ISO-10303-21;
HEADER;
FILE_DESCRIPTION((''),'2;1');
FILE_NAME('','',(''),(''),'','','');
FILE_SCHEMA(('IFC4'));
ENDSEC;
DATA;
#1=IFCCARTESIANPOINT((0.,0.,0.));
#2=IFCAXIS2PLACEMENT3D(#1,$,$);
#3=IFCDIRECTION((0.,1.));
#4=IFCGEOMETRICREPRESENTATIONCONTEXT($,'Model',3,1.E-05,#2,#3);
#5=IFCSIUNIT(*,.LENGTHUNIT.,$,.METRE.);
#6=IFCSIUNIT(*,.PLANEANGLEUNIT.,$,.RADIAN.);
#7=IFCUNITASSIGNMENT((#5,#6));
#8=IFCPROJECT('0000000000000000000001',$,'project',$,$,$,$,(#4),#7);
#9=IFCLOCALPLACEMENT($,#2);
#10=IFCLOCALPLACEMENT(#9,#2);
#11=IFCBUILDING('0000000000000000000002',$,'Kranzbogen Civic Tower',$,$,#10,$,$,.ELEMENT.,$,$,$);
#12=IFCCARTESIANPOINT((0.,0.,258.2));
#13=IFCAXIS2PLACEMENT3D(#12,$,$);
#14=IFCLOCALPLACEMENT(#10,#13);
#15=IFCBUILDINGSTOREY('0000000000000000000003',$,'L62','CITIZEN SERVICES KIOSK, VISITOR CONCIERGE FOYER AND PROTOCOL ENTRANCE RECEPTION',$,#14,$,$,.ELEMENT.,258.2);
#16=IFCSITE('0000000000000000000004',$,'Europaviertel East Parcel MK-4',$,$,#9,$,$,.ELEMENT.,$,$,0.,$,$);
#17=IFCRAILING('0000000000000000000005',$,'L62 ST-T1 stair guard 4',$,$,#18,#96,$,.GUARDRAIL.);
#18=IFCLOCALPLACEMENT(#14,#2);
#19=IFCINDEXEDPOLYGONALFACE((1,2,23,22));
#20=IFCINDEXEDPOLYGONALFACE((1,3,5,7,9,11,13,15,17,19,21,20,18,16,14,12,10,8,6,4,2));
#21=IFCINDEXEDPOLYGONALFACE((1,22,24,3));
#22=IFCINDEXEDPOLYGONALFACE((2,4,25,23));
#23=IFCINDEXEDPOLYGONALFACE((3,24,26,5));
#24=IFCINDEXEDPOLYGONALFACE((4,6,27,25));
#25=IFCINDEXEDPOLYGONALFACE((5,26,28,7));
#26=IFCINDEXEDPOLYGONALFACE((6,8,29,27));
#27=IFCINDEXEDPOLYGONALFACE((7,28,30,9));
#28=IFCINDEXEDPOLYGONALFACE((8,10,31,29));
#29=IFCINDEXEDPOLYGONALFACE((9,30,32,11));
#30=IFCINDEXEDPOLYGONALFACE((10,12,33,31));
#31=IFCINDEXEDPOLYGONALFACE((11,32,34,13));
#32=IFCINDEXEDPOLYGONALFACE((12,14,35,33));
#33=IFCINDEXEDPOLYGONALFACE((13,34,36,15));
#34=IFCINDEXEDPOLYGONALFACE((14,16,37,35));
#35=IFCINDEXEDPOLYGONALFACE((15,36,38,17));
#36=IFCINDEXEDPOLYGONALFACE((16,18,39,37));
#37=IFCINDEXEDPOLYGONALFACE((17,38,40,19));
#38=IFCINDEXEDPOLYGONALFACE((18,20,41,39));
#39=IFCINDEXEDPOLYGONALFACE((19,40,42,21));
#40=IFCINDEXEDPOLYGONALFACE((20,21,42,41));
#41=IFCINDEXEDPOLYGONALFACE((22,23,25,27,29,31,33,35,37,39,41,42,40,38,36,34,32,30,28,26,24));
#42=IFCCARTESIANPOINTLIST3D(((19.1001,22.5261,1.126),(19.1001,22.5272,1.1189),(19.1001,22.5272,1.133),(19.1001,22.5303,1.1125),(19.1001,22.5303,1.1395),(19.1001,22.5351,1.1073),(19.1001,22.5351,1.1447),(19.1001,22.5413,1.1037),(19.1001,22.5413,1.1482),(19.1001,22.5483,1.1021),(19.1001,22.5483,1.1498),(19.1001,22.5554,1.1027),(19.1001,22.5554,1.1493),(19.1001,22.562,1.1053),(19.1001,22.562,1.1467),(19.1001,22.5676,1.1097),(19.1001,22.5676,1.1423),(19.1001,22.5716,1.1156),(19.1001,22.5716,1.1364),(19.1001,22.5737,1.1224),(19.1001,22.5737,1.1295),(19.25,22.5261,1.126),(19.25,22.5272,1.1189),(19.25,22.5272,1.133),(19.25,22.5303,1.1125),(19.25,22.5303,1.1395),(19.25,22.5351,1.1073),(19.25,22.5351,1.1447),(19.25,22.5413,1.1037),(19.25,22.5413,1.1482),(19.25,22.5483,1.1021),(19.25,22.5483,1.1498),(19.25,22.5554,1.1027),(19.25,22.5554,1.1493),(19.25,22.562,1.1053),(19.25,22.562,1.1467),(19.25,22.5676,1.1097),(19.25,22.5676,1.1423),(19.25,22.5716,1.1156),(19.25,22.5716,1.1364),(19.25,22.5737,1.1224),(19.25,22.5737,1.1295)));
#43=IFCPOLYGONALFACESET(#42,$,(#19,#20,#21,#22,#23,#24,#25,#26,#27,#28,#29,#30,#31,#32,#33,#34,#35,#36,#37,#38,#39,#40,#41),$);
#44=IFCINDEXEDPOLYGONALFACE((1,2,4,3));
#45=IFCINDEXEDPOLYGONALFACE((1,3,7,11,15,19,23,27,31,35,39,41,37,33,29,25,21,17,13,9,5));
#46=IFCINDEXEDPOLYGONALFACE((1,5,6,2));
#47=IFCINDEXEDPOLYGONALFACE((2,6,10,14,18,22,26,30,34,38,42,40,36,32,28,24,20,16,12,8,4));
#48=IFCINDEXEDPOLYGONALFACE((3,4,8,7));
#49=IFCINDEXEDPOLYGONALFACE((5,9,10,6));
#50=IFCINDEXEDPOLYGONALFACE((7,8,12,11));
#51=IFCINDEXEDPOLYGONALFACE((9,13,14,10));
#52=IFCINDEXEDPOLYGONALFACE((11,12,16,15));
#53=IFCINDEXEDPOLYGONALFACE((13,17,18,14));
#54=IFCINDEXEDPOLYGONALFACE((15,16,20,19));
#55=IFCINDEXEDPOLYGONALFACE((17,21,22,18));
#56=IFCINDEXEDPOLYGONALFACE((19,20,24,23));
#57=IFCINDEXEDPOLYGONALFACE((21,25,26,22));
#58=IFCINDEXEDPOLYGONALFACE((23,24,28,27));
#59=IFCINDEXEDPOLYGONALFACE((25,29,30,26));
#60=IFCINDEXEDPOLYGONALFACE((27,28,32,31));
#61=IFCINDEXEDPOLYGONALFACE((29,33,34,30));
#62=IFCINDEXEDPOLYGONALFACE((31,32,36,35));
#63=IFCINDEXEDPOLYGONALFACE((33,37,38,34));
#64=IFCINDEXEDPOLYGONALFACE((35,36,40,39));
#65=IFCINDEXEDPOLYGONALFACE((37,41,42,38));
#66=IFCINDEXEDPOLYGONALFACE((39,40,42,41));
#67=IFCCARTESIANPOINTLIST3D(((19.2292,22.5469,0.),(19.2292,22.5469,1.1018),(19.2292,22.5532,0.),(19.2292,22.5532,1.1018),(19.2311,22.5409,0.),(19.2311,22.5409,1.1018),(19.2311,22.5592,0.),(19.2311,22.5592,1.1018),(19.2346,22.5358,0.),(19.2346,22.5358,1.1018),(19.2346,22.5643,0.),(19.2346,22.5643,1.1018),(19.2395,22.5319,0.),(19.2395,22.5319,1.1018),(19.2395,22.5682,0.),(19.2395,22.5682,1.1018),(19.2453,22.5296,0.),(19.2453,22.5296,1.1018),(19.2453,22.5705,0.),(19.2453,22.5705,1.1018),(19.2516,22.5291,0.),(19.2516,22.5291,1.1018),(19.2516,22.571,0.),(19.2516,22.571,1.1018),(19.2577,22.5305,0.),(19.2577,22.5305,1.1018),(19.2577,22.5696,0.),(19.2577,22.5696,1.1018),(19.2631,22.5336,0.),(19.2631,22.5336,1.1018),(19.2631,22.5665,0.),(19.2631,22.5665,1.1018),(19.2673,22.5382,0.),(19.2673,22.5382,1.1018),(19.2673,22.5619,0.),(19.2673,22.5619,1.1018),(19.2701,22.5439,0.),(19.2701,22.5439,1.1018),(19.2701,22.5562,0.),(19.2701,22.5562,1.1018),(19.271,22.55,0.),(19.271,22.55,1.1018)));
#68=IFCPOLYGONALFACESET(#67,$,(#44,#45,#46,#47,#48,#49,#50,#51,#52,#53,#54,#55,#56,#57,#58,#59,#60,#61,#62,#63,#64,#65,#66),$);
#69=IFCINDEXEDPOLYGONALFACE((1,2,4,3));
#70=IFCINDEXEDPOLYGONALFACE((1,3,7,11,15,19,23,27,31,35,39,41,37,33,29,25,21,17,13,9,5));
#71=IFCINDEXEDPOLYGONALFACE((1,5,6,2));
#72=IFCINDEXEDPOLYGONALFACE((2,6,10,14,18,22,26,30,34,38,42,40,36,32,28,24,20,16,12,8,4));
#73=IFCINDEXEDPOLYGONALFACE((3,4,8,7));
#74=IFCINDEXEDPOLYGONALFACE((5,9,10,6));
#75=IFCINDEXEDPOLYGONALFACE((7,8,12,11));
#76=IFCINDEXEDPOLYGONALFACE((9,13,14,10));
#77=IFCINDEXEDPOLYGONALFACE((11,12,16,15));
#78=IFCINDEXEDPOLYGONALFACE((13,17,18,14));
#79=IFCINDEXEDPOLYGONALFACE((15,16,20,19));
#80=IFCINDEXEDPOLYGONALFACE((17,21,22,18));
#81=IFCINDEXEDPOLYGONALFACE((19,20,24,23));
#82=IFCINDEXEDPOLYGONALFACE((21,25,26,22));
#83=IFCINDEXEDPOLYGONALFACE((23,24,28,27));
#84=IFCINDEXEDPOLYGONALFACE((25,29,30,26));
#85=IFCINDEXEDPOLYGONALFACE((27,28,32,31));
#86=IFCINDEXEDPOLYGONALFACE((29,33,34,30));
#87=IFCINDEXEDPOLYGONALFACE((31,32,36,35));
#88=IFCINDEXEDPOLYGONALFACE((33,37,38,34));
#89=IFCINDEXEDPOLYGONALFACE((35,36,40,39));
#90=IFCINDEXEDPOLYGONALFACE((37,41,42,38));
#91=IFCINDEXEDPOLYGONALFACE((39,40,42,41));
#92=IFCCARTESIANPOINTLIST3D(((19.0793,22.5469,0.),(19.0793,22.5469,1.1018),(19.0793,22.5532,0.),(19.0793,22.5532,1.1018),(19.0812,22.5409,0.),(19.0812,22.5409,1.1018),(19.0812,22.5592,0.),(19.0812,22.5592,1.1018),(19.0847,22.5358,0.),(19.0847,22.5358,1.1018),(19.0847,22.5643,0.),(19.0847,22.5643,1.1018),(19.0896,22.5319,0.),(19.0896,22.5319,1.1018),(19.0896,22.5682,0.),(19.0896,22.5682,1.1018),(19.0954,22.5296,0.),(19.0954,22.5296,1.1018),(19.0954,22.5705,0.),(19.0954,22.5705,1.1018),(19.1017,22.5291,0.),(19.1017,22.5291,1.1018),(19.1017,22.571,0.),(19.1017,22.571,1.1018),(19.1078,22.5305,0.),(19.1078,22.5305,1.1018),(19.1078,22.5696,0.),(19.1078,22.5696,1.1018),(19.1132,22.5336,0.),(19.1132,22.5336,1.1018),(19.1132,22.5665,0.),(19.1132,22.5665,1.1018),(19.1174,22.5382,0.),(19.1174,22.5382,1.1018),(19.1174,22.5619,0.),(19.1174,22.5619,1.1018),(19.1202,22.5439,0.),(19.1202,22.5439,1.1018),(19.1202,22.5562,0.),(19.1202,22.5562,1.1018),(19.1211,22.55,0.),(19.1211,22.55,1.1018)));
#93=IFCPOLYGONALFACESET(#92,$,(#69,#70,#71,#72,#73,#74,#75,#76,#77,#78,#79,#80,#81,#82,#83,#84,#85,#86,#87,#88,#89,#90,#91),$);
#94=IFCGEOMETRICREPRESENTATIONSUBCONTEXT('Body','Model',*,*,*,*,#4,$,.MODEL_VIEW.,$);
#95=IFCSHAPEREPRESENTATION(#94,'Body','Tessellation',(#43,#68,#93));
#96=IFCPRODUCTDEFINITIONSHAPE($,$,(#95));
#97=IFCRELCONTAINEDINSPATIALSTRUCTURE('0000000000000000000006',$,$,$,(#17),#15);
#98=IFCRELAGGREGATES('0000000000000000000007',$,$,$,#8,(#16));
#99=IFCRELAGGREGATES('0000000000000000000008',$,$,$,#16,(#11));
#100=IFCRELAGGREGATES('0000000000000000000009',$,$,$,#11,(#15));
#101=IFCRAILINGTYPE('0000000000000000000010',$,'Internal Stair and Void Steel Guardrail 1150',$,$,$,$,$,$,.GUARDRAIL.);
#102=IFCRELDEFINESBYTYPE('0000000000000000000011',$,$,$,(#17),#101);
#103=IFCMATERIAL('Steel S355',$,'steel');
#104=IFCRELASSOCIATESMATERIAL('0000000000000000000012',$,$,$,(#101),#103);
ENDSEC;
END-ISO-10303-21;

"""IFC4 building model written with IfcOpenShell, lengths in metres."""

from ifc_helpers import new_model, si_unit, direction, frame, origin, origin_2d, place, context, subcontext, project, spatial, circle, extrude, material, type_object, element, save


model = new_model("IFC4")

# Units and contexts
model_context = context("Model", 3, precision=1e-05, world=origin(), true_north=direction((0.0, 1.0)))
body_context = subcontext(model_context, "Body", "Model", "MODEL_VIEW")
ifc_project = project(units=[si_unit("LENGTHUNIT", "METRE"), si_unit("PLANEANGLEUNIT", "RADIAN")], contexts=[model_context])

# Site, building, storey
site_placement = place(None, origin())
site = spatial("IfcSite", under=ifc_project, at=site_placement, Name="Europaviertel East Parcel MK-4", CompositionType="ELEMENT", RefElevation=0.0)
building_placement = place(site_placement, origin())
building = spatial("IfcBuilding", under=site, at=building_placement, Name="Kranzbogen Civic Tower", CompositionType="ELEMENT")
storey_placement = place(building_placement, frame((0.0, 0.0, 258.2)))
storey = spatial("IfcBuildingStorey", under=building, at=storey_placement, Name="L62", Description="CITIZEN SERVICES KIOSK, VISITOR CONCIERGE FOYER AND PROTOCOL ENTRANCE RECEPTION", CompositionType="ELEMENT", Elevation=258.2)

# Shared definitions
ifc_material_1 = material(Name="Steel S355", Category="steel")

# Railing
railing_type = type_object("IfcRailingType", Name="Internal Stair and Void Steel Guardrail 1150", PredefinedType="GUARDRAIL", material=ifc_material_1)
railing_1_placement = place(storey_placement, frame((19.25, 22.55, 0.0)))
element("IfcRailing", 1, at=railing_1_placement, inside=storey, type_object=railing_type, Name="L62 ST-T1 stair guard 4", PredefinedType="GUARDRAIL", context=body_context, shape_type="SweptSolid", body=[
    extrude(circle(Radius=0.0239, at=origin_2d()), frame((0.0, 0.0, 1.126), z_axis=(-1.0, 0.0, 0.0), x_axis=(0.0, -1.0, 0.0)), (0.0, 0.0, 1.0), 0.1499),
    extrude(circle(Radius=0.021, at=origin_2d()), origin(), (0.0, 0.0, 1.0), 1.1018),
    extrude(circle(Radius=0.021, at=origin_2d()), frame((-0.1499, 0.0, 0.0)), (0.0, 0.0, 1.0), 1.1018),
])

save(model, "model.ifc")
